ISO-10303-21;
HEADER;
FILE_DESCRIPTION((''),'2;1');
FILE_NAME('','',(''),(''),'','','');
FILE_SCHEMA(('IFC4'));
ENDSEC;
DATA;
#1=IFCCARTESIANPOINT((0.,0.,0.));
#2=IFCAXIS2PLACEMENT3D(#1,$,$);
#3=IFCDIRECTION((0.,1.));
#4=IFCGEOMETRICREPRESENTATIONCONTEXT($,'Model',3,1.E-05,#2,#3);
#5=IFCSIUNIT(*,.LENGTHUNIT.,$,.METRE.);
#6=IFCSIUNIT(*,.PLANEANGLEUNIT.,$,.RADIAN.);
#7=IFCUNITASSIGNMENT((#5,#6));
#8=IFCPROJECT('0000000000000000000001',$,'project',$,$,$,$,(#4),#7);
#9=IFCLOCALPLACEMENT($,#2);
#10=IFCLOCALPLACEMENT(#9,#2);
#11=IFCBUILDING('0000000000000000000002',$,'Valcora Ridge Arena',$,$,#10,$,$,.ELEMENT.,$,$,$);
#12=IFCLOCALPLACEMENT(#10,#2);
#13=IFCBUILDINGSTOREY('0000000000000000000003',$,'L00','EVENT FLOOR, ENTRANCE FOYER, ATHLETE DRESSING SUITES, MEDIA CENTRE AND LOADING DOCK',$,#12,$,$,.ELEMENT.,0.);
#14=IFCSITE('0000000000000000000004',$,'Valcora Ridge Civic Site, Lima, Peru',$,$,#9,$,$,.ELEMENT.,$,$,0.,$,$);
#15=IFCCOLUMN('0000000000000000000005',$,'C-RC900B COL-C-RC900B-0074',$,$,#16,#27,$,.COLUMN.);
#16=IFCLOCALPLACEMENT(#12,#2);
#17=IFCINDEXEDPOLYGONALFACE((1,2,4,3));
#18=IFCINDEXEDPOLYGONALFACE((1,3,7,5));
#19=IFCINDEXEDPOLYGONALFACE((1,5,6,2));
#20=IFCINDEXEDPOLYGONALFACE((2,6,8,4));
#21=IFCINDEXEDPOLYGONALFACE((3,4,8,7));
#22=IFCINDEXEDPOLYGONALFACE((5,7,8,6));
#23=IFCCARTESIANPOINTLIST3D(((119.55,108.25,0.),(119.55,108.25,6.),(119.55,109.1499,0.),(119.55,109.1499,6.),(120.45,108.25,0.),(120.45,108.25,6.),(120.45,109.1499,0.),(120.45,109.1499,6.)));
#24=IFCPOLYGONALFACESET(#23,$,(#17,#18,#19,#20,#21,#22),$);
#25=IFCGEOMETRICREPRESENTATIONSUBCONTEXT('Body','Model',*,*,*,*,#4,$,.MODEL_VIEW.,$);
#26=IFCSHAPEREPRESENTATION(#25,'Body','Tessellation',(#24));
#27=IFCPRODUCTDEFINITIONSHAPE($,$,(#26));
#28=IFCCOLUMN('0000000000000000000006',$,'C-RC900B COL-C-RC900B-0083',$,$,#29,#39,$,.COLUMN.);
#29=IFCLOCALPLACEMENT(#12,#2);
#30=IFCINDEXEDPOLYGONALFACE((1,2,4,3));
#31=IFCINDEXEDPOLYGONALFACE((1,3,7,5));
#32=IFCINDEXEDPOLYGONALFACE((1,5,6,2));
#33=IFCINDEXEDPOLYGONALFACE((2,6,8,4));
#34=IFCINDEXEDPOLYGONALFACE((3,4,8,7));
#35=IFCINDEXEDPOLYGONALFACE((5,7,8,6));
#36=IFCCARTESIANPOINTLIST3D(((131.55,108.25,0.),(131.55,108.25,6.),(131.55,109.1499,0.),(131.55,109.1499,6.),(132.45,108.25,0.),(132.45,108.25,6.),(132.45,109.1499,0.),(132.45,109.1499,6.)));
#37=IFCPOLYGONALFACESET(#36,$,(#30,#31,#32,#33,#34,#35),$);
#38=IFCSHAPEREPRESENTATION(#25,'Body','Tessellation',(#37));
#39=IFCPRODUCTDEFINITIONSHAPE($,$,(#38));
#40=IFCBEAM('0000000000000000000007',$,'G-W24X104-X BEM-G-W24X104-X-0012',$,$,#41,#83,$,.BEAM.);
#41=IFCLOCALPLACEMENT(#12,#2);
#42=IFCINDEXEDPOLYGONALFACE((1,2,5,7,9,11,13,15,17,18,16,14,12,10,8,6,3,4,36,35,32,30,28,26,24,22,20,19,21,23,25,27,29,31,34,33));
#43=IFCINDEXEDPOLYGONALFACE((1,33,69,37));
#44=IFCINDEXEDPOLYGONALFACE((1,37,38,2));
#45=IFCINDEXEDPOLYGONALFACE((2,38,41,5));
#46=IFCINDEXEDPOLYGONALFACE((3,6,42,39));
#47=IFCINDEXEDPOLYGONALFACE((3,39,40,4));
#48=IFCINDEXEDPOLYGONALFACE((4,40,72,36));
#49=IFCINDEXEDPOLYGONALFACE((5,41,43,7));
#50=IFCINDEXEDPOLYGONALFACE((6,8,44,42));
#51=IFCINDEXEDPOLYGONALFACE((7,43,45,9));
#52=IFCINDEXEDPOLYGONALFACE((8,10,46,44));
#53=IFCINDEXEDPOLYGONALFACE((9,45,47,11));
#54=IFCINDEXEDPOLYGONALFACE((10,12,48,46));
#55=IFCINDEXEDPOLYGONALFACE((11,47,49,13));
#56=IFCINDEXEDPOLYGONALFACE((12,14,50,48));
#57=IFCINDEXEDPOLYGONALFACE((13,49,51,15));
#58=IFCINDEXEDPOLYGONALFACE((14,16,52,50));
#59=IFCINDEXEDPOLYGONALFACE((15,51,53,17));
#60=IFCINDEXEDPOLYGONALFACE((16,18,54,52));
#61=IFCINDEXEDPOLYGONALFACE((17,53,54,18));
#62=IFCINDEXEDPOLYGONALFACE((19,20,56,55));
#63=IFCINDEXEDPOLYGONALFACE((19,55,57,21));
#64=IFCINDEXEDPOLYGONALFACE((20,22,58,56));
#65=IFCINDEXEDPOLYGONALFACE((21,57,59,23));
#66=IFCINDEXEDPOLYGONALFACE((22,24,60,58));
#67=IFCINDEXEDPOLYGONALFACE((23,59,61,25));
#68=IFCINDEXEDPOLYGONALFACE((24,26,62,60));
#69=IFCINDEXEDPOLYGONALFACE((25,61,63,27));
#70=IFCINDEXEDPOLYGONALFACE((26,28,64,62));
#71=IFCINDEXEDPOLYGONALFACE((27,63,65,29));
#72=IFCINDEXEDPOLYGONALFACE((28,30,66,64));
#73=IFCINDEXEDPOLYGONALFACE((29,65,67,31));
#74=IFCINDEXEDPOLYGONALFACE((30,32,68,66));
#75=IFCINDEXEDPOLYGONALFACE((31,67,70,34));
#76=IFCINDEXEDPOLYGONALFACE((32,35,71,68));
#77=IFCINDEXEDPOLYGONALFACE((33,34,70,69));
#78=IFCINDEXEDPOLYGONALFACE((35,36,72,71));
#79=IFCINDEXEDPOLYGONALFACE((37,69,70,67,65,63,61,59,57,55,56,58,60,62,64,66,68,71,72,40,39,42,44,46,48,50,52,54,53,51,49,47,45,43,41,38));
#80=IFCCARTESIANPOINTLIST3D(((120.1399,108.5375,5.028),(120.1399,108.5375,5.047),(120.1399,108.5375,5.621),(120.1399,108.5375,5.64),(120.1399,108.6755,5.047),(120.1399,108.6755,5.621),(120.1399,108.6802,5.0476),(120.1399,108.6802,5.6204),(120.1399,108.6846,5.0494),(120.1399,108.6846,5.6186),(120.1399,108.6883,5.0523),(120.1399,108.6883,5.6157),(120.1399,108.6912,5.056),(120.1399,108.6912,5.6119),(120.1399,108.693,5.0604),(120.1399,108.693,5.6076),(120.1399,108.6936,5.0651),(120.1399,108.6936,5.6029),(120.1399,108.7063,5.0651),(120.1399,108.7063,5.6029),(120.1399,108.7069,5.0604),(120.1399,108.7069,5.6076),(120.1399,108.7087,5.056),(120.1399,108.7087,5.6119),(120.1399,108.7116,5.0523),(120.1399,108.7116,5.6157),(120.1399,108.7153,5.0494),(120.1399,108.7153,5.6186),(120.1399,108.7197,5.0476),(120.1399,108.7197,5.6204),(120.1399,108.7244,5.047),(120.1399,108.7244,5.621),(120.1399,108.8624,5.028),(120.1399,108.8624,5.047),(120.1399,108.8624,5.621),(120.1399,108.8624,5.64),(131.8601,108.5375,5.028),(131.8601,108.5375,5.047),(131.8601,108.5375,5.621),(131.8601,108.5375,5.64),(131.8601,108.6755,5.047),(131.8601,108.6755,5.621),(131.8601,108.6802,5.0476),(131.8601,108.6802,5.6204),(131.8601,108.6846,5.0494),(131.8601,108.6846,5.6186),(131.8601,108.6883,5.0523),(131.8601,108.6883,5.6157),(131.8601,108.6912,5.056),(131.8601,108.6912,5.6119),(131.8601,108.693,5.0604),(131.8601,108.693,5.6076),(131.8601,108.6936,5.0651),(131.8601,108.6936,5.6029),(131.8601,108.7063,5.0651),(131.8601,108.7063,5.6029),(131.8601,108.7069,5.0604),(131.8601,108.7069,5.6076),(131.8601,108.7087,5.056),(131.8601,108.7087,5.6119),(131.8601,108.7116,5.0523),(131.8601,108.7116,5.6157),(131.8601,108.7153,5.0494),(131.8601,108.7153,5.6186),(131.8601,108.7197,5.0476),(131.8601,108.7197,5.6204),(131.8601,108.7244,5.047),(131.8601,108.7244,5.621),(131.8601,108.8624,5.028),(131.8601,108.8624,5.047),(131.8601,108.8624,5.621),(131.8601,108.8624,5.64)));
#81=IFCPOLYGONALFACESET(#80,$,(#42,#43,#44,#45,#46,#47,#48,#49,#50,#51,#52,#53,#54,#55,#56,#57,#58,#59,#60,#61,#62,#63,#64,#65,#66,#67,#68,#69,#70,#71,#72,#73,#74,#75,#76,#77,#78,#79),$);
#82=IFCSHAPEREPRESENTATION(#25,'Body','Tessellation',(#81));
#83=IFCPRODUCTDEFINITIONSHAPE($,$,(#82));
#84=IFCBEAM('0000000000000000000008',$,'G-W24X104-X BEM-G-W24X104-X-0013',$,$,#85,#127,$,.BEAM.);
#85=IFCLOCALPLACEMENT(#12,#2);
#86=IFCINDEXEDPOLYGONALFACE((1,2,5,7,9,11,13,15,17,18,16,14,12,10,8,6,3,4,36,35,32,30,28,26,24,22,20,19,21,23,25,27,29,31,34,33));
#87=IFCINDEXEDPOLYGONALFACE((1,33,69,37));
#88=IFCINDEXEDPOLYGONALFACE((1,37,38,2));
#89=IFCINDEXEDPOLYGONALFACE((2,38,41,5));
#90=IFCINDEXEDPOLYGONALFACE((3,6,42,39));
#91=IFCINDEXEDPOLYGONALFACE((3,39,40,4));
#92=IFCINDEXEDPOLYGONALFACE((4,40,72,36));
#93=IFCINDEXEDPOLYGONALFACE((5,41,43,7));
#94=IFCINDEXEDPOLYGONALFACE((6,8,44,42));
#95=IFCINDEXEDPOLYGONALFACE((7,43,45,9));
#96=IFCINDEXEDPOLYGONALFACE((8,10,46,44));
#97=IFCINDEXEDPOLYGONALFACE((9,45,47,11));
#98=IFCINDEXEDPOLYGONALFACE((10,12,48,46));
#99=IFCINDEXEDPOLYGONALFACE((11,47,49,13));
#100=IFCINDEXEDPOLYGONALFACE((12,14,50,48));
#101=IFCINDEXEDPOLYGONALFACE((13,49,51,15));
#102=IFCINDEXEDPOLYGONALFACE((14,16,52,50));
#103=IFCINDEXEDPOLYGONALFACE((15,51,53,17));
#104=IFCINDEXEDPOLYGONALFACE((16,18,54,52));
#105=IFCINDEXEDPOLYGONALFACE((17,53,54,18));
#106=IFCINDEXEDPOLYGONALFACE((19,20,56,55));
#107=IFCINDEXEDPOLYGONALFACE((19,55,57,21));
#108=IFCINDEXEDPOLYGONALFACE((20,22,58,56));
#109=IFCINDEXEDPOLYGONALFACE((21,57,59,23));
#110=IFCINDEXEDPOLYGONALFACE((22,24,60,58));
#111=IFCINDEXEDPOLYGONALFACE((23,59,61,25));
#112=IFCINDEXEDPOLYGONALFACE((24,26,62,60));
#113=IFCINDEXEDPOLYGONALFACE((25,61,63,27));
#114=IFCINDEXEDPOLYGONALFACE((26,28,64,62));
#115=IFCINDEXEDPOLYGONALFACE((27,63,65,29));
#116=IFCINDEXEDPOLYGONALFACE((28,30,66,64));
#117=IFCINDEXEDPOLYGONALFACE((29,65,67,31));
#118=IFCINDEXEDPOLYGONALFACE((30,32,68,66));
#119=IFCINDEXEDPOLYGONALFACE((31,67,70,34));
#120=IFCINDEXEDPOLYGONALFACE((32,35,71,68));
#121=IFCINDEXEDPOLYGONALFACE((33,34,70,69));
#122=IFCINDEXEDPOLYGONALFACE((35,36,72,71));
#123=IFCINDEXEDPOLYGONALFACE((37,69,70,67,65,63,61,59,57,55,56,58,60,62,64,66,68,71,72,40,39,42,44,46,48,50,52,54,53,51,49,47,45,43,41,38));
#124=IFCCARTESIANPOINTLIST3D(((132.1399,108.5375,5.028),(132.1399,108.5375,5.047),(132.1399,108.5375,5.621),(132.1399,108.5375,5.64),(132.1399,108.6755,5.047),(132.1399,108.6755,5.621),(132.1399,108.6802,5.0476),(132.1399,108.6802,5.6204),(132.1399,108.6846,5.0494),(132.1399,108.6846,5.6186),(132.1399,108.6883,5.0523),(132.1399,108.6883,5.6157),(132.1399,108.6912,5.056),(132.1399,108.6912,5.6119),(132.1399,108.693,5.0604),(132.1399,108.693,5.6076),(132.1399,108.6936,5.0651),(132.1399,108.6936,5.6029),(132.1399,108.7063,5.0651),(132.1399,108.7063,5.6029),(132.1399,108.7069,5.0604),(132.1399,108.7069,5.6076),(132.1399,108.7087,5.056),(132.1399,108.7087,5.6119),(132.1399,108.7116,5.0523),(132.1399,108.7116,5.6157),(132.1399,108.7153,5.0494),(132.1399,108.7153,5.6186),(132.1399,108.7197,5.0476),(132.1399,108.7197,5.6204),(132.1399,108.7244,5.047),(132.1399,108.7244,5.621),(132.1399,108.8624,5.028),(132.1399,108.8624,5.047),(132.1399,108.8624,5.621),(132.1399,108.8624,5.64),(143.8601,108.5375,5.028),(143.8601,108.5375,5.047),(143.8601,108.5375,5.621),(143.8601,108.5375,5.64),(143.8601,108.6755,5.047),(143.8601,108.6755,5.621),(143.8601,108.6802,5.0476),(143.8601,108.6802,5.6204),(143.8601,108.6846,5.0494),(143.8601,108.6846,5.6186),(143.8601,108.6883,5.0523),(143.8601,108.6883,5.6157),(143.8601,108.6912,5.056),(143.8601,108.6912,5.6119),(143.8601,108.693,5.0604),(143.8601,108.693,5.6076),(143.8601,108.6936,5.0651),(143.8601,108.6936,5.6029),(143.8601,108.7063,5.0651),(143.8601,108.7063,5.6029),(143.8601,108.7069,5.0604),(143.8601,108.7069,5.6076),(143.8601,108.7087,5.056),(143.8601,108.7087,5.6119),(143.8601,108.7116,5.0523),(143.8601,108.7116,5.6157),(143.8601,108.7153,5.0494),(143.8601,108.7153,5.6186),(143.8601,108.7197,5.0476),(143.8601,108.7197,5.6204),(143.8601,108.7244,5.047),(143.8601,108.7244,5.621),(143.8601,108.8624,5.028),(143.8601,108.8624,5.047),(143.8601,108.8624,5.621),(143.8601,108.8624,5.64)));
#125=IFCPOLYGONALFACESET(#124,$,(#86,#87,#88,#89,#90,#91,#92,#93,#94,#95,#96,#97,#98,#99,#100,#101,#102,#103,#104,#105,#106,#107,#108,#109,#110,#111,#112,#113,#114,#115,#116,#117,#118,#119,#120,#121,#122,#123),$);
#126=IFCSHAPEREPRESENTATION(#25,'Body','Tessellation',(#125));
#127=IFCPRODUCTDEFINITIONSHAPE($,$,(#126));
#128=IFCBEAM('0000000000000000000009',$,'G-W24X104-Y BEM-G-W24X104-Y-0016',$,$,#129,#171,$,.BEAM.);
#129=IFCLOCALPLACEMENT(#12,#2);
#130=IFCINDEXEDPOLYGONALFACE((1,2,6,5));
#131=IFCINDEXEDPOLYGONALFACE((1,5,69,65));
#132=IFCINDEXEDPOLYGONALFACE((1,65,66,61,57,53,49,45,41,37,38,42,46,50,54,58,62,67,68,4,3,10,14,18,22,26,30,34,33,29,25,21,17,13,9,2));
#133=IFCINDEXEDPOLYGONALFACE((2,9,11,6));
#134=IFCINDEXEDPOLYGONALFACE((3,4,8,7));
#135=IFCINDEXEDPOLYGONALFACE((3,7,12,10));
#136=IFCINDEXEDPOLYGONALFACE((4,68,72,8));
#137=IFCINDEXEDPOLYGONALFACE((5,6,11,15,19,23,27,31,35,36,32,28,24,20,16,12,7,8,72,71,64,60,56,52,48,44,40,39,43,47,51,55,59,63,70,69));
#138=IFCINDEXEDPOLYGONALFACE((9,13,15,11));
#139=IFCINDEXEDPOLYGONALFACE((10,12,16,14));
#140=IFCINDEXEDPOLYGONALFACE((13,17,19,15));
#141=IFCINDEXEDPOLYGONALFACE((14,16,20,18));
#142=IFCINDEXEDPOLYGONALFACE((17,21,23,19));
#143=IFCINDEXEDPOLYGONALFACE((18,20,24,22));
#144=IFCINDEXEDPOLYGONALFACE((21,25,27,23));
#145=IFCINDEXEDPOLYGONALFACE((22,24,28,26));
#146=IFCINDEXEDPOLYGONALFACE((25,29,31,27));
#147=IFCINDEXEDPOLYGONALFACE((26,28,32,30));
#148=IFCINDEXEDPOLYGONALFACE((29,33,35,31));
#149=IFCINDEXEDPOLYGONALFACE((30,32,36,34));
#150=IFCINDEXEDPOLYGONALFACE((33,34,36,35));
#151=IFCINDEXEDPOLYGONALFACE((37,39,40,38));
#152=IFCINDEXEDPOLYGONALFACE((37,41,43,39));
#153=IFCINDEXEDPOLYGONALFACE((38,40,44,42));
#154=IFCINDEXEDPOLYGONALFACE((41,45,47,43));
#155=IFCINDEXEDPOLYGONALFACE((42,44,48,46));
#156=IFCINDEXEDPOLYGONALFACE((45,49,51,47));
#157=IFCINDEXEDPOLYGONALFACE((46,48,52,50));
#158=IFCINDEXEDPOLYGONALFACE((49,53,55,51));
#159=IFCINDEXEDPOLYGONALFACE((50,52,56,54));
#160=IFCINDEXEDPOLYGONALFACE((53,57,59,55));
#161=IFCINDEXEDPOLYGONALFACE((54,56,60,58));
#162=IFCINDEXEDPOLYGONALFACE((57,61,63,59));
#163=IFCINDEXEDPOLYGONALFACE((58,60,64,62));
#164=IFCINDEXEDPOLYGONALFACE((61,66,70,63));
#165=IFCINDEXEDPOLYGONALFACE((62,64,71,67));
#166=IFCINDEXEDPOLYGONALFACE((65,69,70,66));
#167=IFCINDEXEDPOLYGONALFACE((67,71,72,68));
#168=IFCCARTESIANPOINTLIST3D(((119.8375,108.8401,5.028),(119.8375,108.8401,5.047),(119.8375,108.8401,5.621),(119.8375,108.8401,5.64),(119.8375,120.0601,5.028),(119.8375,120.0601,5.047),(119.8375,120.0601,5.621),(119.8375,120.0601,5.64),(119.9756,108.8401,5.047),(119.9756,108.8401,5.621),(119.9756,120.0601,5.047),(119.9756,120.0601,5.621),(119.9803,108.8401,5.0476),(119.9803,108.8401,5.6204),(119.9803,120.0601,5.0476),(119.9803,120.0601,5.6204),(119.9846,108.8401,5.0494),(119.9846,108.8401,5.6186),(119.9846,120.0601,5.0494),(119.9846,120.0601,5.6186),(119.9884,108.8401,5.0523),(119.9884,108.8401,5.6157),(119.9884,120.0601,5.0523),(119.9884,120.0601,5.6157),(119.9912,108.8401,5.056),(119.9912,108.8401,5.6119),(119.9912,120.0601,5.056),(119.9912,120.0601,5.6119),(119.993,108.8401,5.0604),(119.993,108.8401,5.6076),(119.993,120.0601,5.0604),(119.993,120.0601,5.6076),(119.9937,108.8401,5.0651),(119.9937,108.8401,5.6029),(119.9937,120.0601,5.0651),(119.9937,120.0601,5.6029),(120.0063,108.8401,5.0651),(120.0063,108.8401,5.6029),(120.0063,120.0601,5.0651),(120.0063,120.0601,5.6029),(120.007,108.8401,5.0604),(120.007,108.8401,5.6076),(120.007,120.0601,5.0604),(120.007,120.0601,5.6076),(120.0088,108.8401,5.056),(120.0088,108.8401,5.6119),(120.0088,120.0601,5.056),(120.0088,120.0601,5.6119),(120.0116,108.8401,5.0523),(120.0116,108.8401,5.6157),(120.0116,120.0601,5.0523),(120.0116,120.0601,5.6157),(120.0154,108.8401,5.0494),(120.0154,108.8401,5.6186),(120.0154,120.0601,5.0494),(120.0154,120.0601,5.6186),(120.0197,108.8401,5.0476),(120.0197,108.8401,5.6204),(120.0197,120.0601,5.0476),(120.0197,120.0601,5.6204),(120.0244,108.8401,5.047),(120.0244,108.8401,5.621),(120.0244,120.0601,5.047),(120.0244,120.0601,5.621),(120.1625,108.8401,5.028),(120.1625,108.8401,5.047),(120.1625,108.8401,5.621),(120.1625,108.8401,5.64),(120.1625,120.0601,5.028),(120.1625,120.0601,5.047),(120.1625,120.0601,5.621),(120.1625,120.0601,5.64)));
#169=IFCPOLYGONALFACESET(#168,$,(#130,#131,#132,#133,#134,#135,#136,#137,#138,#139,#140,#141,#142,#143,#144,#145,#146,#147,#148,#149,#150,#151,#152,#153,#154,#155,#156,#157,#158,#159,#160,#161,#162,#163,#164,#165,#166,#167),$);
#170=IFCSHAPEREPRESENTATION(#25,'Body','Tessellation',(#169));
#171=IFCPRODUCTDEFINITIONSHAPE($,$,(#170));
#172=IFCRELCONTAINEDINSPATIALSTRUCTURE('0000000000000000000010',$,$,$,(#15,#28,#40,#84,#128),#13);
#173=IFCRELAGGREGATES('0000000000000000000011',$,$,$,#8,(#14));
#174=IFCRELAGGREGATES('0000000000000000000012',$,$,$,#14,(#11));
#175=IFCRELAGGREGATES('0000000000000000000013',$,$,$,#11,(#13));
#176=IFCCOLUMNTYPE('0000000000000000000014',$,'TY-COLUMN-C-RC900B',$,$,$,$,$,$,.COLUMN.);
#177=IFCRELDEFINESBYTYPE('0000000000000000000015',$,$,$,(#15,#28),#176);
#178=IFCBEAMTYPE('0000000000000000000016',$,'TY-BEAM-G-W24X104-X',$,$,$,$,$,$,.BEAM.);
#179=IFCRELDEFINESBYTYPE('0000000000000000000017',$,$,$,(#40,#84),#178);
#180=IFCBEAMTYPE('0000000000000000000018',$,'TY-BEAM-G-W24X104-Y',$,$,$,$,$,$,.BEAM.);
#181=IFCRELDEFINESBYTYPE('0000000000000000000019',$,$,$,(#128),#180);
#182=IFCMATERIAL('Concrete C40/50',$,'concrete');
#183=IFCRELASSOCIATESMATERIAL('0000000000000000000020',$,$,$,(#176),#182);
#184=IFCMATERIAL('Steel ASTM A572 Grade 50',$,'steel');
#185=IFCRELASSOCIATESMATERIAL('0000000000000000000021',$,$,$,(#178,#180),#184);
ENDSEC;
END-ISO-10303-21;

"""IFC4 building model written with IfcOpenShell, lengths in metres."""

from ifc_helpers import new_model, si_unit, direction, frame, origin, origin_2d, place, context, subcontext, project, spatial, rectangle, i_section, extrude, material, material_profile, profile_set, type_object, element, save


model = new_model("IFC4")

# Units and contexts
model_context = context("Model", 3, precision=1e-05, world=origin(), true_north=direction((0.0, 1.0)))
body_context = subcontext(model_context, "Body", "Model", "MODEL_VIEW")
ifc_project = project(units=[si_unit("LENGTHUNIT", "METRE"), si_unit("PLANEANGLEUNIT", "RADIAN")], contexts=[model_context])

# Site, building, storey
site_placement = place(None, origin())
site = spatial("IfcSite", under=ifc_project, at=site_placement, Name="Valcora Ridge Civic Site, Lima, Peru", CompositionType="ELEMENT", RefElevation=0.0)
building_placement = place(site_placement, origin())
building = spatial("IfcBuilding", under=site, at=building_placement, Name="Valcora Ridge Arena", CompositionType="ELEMENT")
storey_placement = place(building_placement, origin())
storey = spatial("IfcBuildingStorey", under=building, at=storey_placement, Name="L00", Description="EVENT FLOOR, ENTRANCE FOYER, ATHLETE DRESSING SUITES, MEDIA CENTRE AND LOADING DOCK", CompositionType="ELEMENT", Elevation=0.0)

# Columns
ifc_material_1 = material(Name="Concrete C40/50", Category="concrete")
ifc_material_profile_1 = material_profile(ifc_material_1, rectangle(XDim=0.8999, YDim=0.8999, at=origin_2d()), Name="RC 900x900")
ifc_profile_set_1 = profile_set([ifc_material_profile_1], Name="Concrete C40/50")
column_type = type_object("IfcColumnType", Name="TY-COLUMN-C-RC900B", PredefinedType="COLUMN", material=ifc_profile_set_1)
for number, where, z_axis, x_axis, name in (
    (1, (120.0, 108.7, 0.0), (0.0, 0.0, 1.0), (1.0, 0.0, 0.0), "C-RC900B COL-C-RC900B-0074"),
    (2, (132.0, 108.7, 0.0), (0.0, 0.0, 1.0), (1.0, 0.0, 0.0), "C-RC900B COL-C-RC900B-0083"),
):
    element("IfcColumn", number, at=place(storey_placement, frame(where, z_axis=z_axis, x_axis=x_axis)), inside=storey, type_object=column_type, Name=name, PredefinedType="COLUMN", context=body_context, shape_type="SweptSolid", body=[
        extrude(rectangle(XDim=0.8999, YDim=0.8999, at=origin_2d()), origin(), (0.0, 0.0, 1.0), 6.0),
    ])

# Beams
ifc_material_2 = material(Name="Steel ASTM A572 Grade 50", Category="steel")
ifc_material_profile_2 = material_profile(ifc_material_2, i_section(OverallWidth=0.325, OverallDepth=0.6121, WebThickness=0.0127, FlangeThickness=0.019, FilletRadius=0.0181, at=origin_2d()), Name="W24X104")
ifc_profile_set_2 = profile_set([ifc_material_profile_2], Name="Steel ASTM A572 Grade 50")
beam_type_1 = type_object("IfcBeamType", Name="TY-BEAM-G-W24X104-X", PredefinedType="BEAM", material=ifc_profile_set_2)
for number, where, z_axis, x_axis, name in (
    (3, (120.1399, 108.7, 5.334), (1.0, 0.0, 0.0), (0.0, 1.0, 0.0), "G-W24X104-X BEM-G-W24X104-X-0012"),
    (4, (132.1399, 108.7, 5.334), (1.0, 0.0, 0.0), (0.0, 1.0, 0.0), "G-W24X104-X BEM-G-W24X104-X-0013"),
):
    element("IfcBeam", number, at=place(storey_placement, frame(where, z_axis=z_axis, x_axis=x_axis)), inside=storey, type_object=beam_type_1, Name=name, PredefinedType="BEAM", context=body_context, shape_type="SweptSolid", body=[
        extrude(i_section(OverallWidth=0.325, OverallDepth=0.6121, WebThickness=0.0127, FlangeThickness=0.019, FilletRadius=0.0181, at=origin_2d()), origin(), (0.0, 0.0, 1.0), 11.7202),
    ])
ifc_material_profile_3 = material_profile(ifc_material_2, i_section(OverallWidth=0.325, OverallDepth=0.6121, WebThickness=0.0127, FlangeThickness=0.019, FilletRadius=0.0181, at=origin_2d()), Name="W24X104")
ifc_profile_set_3 = profile_set([ifc_material_profile_3], Name="Steel ASTM A572 Grade 50")
beam_type_2 = type_object("IfcBeamType", Name="TY-BEAM-G-W24X104-Y", PredefinedType="BEAM", material=ifc_profile_set_3)
for number, where, z_axis, x_axis, name in (
    (5, (120.0, 108.8401, 5.334), (0.0, 1.0, 0.0), (-1.0, 0.0, 0.0), "G-W24X104-Y BEM-G-W24X104-Y-0016"),
):
    element("IfcBeam", number, at=place(storey_placement, frame(where, z_axis=z_axis, x_axis=x_axis)), inside=storey, type_object=beam_type_2, Name=name, PredefinedType="BEAM", context=body_context, shape_type="SweptSolid", body=[
        extrude(i_section(OverallWidth=0.325, OverallDepth=0.6121, WebThickness=0.0127, FlangeThickness=0.019, FilletRadius=0.0181, at=origin_2d()), origin(), (0.0, 0.0, 1.0), 11.22),
    ])

save(model, "model.ifc")
